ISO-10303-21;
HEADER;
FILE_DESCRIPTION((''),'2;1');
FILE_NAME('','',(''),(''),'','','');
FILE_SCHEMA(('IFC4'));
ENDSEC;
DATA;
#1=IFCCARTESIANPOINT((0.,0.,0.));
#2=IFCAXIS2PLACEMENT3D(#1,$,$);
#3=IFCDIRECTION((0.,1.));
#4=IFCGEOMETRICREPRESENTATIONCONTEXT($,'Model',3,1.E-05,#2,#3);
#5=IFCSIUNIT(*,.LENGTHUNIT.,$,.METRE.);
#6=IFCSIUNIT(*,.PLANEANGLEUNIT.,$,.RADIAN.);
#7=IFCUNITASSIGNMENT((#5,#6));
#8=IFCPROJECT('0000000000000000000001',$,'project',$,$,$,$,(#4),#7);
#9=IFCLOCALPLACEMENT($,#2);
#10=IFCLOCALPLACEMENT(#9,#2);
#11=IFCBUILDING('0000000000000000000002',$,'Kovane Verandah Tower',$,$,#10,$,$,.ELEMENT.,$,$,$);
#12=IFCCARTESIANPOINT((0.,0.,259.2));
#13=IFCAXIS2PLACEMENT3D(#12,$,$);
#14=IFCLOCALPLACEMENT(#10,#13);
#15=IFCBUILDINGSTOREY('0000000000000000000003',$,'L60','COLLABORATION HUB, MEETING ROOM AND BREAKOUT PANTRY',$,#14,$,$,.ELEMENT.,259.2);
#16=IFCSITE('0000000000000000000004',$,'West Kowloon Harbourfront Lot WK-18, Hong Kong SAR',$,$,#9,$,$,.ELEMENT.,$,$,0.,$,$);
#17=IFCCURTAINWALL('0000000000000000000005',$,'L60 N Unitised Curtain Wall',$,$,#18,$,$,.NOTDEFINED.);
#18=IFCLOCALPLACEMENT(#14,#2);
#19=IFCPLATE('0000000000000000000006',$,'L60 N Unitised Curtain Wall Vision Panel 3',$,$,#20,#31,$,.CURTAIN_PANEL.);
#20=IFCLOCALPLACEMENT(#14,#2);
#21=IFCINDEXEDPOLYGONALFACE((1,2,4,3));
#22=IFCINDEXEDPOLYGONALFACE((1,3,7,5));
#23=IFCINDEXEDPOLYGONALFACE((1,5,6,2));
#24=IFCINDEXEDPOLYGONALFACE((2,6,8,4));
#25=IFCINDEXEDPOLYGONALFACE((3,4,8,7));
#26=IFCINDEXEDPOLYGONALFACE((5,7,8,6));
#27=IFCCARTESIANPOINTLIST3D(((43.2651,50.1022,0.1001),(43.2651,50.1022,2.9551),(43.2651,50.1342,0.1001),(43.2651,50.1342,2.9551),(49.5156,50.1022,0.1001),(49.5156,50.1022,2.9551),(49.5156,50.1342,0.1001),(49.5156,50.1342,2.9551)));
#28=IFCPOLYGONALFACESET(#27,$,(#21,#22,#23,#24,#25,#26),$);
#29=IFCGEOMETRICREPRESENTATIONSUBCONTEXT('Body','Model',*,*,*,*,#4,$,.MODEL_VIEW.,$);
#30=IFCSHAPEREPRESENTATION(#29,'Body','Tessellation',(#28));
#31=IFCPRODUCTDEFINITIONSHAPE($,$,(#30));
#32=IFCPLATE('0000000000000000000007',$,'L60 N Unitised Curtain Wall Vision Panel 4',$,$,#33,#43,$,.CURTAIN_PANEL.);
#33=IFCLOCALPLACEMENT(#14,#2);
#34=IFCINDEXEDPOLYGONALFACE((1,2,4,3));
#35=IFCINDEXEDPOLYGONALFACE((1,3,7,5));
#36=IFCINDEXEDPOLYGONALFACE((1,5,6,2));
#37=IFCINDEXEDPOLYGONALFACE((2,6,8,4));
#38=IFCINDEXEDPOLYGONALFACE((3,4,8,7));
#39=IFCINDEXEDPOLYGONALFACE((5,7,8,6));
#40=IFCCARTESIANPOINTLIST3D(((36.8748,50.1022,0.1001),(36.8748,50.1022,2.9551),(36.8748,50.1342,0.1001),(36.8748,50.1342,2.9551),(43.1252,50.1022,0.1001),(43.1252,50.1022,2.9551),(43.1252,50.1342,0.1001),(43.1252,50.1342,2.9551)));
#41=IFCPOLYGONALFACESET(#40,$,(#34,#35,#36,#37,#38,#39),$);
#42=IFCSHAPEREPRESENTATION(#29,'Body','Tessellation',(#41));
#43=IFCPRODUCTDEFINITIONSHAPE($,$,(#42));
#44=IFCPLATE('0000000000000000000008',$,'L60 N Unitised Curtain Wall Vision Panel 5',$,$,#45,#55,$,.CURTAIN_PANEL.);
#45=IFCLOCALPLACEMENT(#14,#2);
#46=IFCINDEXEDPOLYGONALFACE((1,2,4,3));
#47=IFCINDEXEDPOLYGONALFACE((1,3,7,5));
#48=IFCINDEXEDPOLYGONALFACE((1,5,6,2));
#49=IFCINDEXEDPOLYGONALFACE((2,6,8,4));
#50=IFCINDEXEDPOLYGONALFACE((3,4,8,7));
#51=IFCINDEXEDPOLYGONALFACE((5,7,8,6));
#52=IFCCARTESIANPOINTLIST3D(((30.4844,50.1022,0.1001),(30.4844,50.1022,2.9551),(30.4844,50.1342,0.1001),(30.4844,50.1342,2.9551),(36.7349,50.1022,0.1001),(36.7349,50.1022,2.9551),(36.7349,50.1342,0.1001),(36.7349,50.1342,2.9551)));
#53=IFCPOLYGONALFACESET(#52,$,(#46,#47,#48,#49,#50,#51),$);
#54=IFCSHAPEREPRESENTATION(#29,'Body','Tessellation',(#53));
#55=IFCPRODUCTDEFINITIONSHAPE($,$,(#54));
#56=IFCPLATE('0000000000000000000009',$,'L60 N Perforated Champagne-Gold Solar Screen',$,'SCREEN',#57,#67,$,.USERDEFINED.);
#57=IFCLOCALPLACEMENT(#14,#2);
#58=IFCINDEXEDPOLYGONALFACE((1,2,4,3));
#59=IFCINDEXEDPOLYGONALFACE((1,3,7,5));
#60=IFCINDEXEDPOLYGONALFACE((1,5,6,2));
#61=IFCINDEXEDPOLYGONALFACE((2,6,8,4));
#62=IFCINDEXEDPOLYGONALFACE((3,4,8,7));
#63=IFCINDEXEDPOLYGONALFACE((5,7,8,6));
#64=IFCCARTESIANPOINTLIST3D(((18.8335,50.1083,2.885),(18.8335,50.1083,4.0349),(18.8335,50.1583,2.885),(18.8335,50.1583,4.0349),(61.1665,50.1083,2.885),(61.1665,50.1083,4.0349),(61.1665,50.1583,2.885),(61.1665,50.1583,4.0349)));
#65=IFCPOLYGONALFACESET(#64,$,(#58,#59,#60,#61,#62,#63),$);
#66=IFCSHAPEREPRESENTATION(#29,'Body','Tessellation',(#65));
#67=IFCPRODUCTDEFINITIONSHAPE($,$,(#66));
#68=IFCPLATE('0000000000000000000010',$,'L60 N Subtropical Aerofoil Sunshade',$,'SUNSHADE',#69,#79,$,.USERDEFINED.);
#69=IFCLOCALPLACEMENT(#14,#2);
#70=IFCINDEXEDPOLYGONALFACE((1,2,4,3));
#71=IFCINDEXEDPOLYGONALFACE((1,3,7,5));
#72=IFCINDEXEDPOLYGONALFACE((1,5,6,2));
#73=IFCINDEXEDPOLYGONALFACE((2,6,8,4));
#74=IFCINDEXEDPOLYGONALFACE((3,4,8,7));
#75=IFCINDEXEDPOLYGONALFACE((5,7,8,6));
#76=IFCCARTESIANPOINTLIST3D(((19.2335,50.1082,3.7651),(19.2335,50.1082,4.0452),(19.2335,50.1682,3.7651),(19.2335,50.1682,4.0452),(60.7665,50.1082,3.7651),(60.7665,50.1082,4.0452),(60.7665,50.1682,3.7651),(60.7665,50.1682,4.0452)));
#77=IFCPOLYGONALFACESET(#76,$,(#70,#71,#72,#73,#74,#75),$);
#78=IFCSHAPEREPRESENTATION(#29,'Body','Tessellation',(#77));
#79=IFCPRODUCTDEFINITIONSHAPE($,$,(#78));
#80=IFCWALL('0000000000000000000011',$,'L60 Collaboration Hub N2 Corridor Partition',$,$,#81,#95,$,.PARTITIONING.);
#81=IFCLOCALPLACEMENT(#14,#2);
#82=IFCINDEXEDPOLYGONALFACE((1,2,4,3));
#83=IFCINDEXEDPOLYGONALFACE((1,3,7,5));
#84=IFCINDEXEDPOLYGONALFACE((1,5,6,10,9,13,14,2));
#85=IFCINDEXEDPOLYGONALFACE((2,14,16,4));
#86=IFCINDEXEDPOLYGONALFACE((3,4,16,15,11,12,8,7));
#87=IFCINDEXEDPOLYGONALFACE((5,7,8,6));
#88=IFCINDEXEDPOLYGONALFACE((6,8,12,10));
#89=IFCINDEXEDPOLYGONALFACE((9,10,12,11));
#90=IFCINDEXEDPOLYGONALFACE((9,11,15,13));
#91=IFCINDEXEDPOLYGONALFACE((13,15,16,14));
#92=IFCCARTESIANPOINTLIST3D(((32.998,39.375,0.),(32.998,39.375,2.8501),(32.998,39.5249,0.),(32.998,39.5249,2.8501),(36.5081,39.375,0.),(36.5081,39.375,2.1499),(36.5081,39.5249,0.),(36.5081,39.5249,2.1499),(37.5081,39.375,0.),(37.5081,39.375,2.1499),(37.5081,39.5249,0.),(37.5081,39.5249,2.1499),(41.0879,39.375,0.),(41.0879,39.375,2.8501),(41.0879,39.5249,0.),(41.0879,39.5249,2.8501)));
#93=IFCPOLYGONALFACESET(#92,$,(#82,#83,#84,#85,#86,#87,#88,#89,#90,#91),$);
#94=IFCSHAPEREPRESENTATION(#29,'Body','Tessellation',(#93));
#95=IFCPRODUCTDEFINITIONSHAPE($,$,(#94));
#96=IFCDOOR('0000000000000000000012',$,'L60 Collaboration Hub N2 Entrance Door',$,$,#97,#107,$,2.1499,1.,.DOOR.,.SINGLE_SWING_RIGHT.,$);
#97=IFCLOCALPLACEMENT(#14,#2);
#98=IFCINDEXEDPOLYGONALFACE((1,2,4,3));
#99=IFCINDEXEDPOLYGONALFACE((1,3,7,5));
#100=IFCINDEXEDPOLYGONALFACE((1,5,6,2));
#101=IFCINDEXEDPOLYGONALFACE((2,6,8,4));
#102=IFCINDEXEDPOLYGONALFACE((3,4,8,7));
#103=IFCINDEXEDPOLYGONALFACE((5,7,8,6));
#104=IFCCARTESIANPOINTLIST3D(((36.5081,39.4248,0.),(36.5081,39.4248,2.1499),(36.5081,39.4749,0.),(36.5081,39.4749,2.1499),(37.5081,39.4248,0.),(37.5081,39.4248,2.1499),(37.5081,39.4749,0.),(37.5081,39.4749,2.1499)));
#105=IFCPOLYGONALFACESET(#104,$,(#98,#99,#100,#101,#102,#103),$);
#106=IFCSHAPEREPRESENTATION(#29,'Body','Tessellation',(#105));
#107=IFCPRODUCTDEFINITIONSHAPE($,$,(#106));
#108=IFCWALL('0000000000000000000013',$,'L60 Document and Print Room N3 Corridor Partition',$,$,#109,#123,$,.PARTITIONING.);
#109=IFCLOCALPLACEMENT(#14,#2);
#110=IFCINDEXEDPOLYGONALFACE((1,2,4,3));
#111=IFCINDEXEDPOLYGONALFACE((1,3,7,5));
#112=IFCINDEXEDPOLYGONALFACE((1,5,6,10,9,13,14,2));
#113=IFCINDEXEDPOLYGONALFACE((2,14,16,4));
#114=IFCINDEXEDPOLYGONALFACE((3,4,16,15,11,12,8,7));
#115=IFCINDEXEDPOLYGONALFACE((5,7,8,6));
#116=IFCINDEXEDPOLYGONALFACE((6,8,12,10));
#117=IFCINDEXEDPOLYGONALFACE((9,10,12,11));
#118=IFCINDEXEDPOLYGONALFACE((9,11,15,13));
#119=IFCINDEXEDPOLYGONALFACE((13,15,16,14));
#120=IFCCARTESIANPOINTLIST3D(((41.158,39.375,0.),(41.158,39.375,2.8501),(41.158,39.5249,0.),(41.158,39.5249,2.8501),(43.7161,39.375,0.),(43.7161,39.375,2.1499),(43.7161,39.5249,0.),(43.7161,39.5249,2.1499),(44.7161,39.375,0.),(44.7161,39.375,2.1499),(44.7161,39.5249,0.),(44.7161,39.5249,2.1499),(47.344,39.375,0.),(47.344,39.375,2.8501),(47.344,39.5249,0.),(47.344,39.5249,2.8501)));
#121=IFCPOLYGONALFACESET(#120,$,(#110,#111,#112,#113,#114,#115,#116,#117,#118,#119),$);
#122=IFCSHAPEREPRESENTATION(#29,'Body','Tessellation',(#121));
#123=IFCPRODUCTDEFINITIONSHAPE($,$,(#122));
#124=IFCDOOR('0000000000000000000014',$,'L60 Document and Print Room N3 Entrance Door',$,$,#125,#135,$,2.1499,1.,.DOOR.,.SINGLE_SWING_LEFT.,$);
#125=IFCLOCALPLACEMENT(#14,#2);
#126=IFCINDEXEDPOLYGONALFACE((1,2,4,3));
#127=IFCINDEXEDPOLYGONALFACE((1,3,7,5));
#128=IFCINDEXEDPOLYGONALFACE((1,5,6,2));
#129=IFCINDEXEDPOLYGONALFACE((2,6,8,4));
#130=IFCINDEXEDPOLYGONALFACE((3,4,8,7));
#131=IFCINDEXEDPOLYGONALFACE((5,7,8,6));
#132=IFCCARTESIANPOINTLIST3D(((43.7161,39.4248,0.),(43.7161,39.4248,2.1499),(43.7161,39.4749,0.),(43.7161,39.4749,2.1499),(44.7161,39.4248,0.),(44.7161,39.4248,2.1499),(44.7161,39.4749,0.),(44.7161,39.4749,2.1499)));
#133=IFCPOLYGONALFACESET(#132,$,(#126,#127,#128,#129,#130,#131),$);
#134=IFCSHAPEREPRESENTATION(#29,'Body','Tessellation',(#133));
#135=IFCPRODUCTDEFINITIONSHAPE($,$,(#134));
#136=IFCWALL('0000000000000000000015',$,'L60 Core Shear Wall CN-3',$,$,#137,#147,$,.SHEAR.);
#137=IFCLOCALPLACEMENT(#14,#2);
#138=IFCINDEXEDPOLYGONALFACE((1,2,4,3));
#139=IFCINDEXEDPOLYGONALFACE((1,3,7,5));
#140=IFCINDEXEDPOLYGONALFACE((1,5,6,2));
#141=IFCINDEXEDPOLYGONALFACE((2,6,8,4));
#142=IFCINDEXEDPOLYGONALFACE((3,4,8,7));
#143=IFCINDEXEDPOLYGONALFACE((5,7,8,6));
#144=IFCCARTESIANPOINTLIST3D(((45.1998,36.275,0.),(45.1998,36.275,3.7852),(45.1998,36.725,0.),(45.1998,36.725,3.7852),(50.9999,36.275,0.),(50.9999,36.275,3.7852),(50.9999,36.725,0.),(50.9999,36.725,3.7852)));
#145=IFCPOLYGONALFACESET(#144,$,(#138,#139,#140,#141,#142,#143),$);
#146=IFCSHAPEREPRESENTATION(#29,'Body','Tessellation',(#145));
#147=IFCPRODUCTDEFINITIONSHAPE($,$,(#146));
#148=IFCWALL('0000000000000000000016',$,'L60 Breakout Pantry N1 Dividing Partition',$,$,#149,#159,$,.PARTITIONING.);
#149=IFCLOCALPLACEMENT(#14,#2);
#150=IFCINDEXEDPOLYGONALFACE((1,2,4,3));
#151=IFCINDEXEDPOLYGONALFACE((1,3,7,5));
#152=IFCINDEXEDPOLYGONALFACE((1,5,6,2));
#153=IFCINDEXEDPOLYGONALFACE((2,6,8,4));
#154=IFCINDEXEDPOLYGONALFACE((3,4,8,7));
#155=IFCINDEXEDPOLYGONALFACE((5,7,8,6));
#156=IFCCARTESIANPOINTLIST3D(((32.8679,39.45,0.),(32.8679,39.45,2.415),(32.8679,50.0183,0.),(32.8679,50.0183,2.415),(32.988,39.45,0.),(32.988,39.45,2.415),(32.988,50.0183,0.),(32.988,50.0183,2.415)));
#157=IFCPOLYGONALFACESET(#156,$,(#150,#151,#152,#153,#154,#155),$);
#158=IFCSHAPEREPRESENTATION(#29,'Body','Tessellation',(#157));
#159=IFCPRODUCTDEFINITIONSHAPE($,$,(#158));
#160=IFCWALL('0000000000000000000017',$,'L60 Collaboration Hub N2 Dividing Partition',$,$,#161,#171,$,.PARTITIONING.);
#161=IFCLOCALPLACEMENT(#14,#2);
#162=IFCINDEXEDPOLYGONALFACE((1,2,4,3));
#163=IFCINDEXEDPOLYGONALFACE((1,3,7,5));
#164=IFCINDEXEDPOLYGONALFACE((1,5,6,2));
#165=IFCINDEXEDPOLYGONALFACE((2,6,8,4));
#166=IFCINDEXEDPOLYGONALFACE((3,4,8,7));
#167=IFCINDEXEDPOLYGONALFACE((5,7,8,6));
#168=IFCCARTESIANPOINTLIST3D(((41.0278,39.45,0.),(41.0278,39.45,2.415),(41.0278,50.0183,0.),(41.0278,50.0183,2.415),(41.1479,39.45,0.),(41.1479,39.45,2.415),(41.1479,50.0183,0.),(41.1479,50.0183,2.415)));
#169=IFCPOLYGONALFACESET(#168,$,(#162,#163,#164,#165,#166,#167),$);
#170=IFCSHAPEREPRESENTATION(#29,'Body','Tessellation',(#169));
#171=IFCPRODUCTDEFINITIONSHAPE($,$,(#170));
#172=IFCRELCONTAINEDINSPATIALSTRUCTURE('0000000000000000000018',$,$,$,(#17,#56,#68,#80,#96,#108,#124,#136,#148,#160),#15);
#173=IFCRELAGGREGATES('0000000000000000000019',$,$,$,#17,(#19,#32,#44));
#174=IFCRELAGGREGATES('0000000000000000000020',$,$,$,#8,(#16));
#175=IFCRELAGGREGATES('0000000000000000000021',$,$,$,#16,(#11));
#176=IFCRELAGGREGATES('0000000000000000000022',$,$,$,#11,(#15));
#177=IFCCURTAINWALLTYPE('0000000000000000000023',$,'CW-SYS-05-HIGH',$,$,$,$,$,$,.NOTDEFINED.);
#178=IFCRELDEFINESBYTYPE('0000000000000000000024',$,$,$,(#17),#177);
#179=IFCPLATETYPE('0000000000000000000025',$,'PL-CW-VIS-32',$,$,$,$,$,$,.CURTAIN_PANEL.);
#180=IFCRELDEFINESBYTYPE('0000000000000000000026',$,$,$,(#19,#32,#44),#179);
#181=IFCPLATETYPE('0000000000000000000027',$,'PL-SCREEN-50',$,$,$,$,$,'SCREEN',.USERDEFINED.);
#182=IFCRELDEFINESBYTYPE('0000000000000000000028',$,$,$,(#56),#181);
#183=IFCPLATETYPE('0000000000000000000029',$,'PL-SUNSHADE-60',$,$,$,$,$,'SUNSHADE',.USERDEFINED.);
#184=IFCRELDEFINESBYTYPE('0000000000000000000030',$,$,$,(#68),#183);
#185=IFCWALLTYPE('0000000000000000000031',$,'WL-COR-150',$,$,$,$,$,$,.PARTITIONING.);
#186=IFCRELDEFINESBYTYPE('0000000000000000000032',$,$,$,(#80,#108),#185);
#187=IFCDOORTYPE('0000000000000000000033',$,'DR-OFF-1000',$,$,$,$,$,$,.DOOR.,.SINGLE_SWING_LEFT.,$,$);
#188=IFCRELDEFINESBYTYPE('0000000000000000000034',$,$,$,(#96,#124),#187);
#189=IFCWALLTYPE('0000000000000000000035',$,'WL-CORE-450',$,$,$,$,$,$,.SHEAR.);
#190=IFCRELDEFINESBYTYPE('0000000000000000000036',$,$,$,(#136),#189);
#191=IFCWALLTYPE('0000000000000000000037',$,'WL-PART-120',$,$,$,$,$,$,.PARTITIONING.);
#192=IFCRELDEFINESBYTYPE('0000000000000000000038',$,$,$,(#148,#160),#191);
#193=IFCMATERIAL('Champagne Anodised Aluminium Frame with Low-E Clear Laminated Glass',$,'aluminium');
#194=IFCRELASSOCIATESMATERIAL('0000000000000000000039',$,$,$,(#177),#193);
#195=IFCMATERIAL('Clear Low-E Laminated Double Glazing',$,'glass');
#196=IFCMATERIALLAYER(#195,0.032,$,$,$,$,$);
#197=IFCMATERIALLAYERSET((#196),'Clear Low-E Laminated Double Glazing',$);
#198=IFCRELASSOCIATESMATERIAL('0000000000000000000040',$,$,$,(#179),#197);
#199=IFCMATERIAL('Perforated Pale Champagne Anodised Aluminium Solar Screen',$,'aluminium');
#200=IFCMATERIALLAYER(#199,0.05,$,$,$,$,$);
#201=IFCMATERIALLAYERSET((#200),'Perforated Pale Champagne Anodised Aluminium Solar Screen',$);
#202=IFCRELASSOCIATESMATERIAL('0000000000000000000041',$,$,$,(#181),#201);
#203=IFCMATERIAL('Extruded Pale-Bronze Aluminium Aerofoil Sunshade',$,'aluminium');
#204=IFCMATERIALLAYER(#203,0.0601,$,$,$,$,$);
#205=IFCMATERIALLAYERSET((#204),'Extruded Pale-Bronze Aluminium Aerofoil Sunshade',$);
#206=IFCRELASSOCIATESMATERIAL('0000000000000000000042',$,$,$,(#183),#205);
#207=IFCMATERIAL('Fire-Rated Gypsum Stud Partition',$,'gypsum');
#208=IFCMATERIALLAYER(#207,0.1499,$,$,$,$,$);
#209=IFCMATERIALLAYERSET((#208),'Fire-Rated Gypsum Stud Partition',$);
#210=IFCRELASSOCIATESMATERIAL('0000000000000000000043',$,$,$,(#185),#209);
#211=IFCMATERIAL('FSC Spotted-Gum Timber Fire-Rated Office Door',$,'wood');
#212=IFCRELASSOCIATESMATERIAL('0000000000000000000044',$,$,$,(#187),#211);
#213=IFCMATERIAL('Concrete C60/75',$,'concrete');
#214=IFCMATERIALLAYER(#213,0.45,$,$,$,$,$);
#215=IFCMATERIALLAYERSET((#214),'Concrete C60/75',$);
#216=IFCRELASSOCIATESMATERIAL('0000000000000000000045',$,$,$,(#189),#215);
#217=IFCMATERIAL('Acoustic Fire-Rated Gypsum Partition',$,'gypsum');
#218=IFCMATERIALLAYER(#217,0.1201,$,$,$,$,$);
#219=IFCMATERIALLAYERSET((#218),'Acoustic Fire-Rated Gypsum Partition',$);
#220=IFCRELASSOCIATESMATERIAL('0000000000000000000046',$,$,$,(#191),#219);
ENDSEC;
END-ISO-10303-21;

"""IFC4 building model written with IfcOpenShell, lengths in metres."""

from ifc_helpers import new_model, si_unit, direction, frame, frame_2d, origin, origin_2d, place, context, subcontext, project, spatial, rectangle, extrude, material, layer, layer_set, type_object, element, fill, aggregate, save


model = new_model("IFC4")

# Units and contexts
model_context = context("Model", 3, precision=1e-05, world=origin(), true_north=direction((0.0, 1.0)))
body_context = subcontext(model_context, "Body", "Model", "MODEL_VIEW")
ifc_project = project(units=[si_unit("LENGTHUNIT", "METRE"), si_unit("PLANEANGLEUNIT", "RADIAN")], contexts=[model_context])

# Site, building, storey
site_placement = place(None, origin())
site = spatial("IfcSite", under=ifc_project, at=site_placement, Name="West Kowloon Harbourfront Lot WK-18, Hong Kong SAR", CompositionType="ELEMENT", RefElevation=0.0)
building_placement = place(site_placement, origin())
building = spatial("IfcBuilding", under=site, at=building_placement, Name="Kovane Verandah Tower", CompositionType="ELEMENT")
storey_placement = place(building_placement, frame((0.0, 0.0, 259.2)))
storey = spatial("IfcBuildingStorey", under=building, at=storey_placement, Name="L60", Description="COLLABORATION HUB, MEETING ROOM AND BREAKOUT PANTRY", CompositionType="ELEMENT", Elevation=259.2)

# Curtain wall, plates
ifc_material_1 = material(Name="Champagne Anodised Aluminium Frame with Low-E Clear Laminated Glass", Category="aluminium")
curtain_wall_type = type_object("IfcCurtainWallType", Name="CW-SYS-05-HIGH", PredefinedType="NOTDEFINED", material=ifc_material_1)
curtain_wall_placement = place(storey_placement, origin())
curtain_wall = element("IfcCurtainWall", 1, at=curtain_wall_placement, inside=storey, type_object=curtain_wall_type, Name="L60 N Unitised Curtain Wall", PredefinedType="NOTDEFINED")
ifc_material_2 = material(Name="Clear Low-E Laminated Double Glazing", Category="glass")
ifc_layer_1 = layer(ifc_material_2, 0.032)
ifc_layer_set_1 = layer_set([ifc_layer_1], Name="Clear Low-E Laminated Double Glazing")
plate_type_1 = type_object("IfcPlateType", Name="PL-CW-VIS-32", PredefinedType="CURTAIN_PANEL", material=ifc_layer_set_1)
plate_1_placement = place(storey_placement, frame((46.3904, 50.1182, 0.1001), z_axis=(0.0, 0.0, 1.0), x_axis=(-1.0, 0.0, 0.0)))
plate_1 = element("IfcPlate", 2, at=plate_1_placement, type_object=plate_type_1, Name="L60 N Unitised Curtain Wall Vision Panel 3", PredefinedType="CURTAIN_PANEL", context=body_context, shape_type="SweptSolid", body=[
    extrude(rectangle(XDim=6.2505, YDim=0.032, at=origin_2d()), origin(), (0.0, 0.0, 1.0), 2.855),
])
plate_2_placement = place(storey_placement, frame((40.0, 50.1182, 0.1001), z_axis=(0.0, 0.0, 1.0), x_axis=(-1.0, 0.0, 0.0)))
plate_2 = element("IfcPlate", 3, at=plate_2_placement, type_object=plate_type_1, Name="L60 N Unitised Curtain Wall Vision Panel 4", PredefinedType="CURTAIN_PANEL", context=body_context, shape_type="SweptSolid", body=[
    extrude(rectangle(XDim=6.2505, YDim=0.032, at=origin_2d()), origin(), (0.0, 0.0, 1.0), 2.855),
])
plate_3_placement = place(storey_placement, frame((33.6096, 50.1182, 0.1001), z_axis=(0.0, 0.0, 1.0), x_axis=(-1.0, 0.0, 0.0)))
plate_3 = element("IfcPlate", 4, at=plate_3_placement, type_object=plate_type_1, Name="L60 N Unitised Curtain Wall Vision Panel 5", PredefinedType="CURTAIN_PANEL", context=body_context, shape_type="SweptSolid", body=[
    extrude(rectangle(XDim=6.2505, YDim=0.032, at=origin_2d()), origin(), (0.0, 0.0, 1.0), 2.855),
])
aggregate(curtain_wall, [plate_1, plate_2, plate_3])

# Plates
ifc_material_3 = material(Name="Perforated Pale Champagne Anodised Aluminium Solar Screen", Category="aluminium")
ifc_layer_2 = layer(ifc_material_3, 0.05)
ifc_layer_set_2 = layer_set([ifc_layer_2], Name="Perforated Pale Champagne Anodised Aluminium Solar Screen")
plate_type_2 = type_object("IfcPlateType", Name="PL-SCREEN-50", ElementType="SCREEN", PredefinedType="USERDEFINED", material=ifc_layer_set_2)
plate_4_placement = place(storey_placement, frame((40.0, 50.1333, 2.885), z_axis=(0.0, 0.0, 1.0), x_axis=(-1.0, 0.0, 0.0)))
element("IfcPlate", 5, at=plate_4_placement, inside=storey, type_object=plate_type_2, Name="L60 N Perforated Champagne-Gold Solar Screen", ObjectType="SCREEN", PredefinedType="USERDEFINED", context=body_context, shape_type="SweptSolid", body=[
    extrude(rectangle(XDim=42.333, YDim=0.05, at=origin_2d()), origin(), (0.0, 0.0, 1.0), 1.1499),
])
ifc_material_4 = material(Name="Extruded Pale-Bronze Aluminium Aerofoil Sunshade", Category="aluminium")
ifc_layer_3 = layer(ifc_material_4, 0.0601)
ifc_layer_set_3 = layer_set([ifc_layer_3], Name="Extruded Pale-Bronze Aluminium Aerofoil Sunshade")
plate_type_3 = type_object("IfcPlateType", Name="PL-SUNSHADE-60", ElementType="SUNSHADE", PredefinedType="USERDEFINED", material=ifc_layer_set_3)
plate_5_placement = place(storey_placement, frame((40.0, 50.1382, 3.7651), z_axis=(0.0, 0.0, 1.0), x_axis=(-1.0, 0.0, 0.0)))
element("IfcPlate", 6, at=plate_5_placement, inside=storey, type_object=plate_type_3, Name="L60 N Subtropical Aerofoil Sunshade", ObjectType="SUNSHADE", PredefinedType="USERDEFINED", context=body_context, shape_type="SweptSolid", body=[
    extrude(rectangle(XDim=41.533, YDim=0.0601, at=origin_2d()), origin(), (0.0, 0.0, 1.0), 0.28),
])

# Walls, openings, doors
ifc_material_5 = material(Name="Fire-Rated Gypsum Stud Partition", Category="gypsum")
ifc_layer_4 = layer(ifc_material_5, 0.1499)
ifc_layer_set_4 = layer_set([ifc_layer_4], Name="Fire-Rated Gypsum Stud Partition")
wall_type_1 = type_object("IfcWallType", Name="WL-COR-150", PredefinedType="PARTITIONING", material=ifc_layer_set_4)
wall_1_placement = place(storey_placement, frame((32.998, 39.45, 0.0), z_axis=(0.0, 0.0, 1.0), x_axis=(1.0, 0.0, 0.0)))
wall_1 = element("IfcWall", 7, at=wall_1_placement, inside=storey, type_object=wall_type_1, Name="L60 Collaboration Hub N2 Corridor Partition", PredefinedType="PARTITIONING", context=body_context, shape_type="SweptSolid", body=[
    extrude(rectangle(XDim=8.0898, YDim=0.1499, at=frame_2d((4.0449, 0.0))), origin(), (0.0, 0.0, 1.0), 2.8501),
])
opening_1_placement = place(wall_1_placement, frame((3.51, 0.0, 0.0)))
opening_1 = element("IfcOpeningElement", 8, at=opening_1_placement, cuts=wall_1, PredefinedType="OPENING", context=body_context, shape_type="SweptSolid", body=[
    extrude(rectangle(XDim=1.0, YDim=2.1499, at=frame_2d((0.5, 1.075))), frame((0.0, 0.075, 0.0), z_axis=(0.0, -1.0, 0.0), x_axis=(1.0, 0.0, 0.0)), (0.0, 0.0, 1.0), 0.1499),
])
ifc_material_6 = material(Name="FSC Spotted-Gum Timber Fire-Rated Office Door", Category="wood")
door_type = type_object("IfcDoorType", Name="DR-OFF-1000", OperationType="SINGLE_SWING_LEFT", PredefinedType="DOOR", material=ifc_material_6)
door_1_placement = place(opening_1_placement, origin())
door_1 = element("IfcDoor", 9, at=door_1_placement, inside=storey, type_object=door_type, Name="L60 Collaboration Hub N2 Entrance Door", OperationType="SINGLE_SWING_RIGHT", OverallHeight=2.1499, OverallWidth=1.0, PredefinedType="DOOR", context=body_context, shape_type="SweptSolid", body=[
    extrude(rectangle(XDim=1.0, YDim=2.1499, at=frame_2d((0.5, 1.075))), frame((0.0, 0.0249, 0.0), z_axis=(0.0, -1.0, 0.0), x_axis=(1.0, 0.0, 0.0)), (0.0, 0.0, 1.0), 0.05),
])
fill(opening_1, door_1)
wall_2_placement = place(storey_placement, frame((41.158, 39.45, 0.0), z_axis=(0.0, 0.0, 1.0), x_axis=(1.0, 0.0, 0.0)))
wall_2 = element("IfcWall", 10, at=wall_2_placement, inside=storey, type_object=wall_type_1, Name="L60 Document and Print Room N3 Corridor Partition", PredefinedType="PARTITIONING", context=body_context, shape_type="SweptSolid", body=[
    extrude(rectangle(XDim=6.186, YDim=0.1499, at=frame_2d((3.093, 0.0))), origin(), (0.0, 0.0, 1.0), 2.8501),
])
opening_2_placement = place(wall_2_placement, frame((2.5581, 0.0, 0.0)))
opening_2 = element("IfcOpeningElement", 11, at=opening_2_placement, cuts=wall_2, PredefinedType="OPENING", context=body_context, shape_type="SweptSolid", body=[
    extrude(rectangle(XDim=1.0, YDim=2.1499, at=frame_2d((0.5, 1.075))), frame((0.0, 0.075, 0.0), z_axis=(0.0, -1.0, 0.0), x_axis=(1.0, 0.0, 0.0)), (0.0, 0.0, 1.0), 0.1499),
])
door_2_placement = place(opening_2_placement, origin())
door_2 = element("IfcDoor", 12, at=door_2_placement, inside=storey, type_object=door_type, Name="L60 Document and Print Room N3 Entrance Door", OperationType="SINGLE_SWING_LEFT", OverallHeight=2.1499, OverallWidth=1.0, PredefinedType="DOOR", context=body_context, shape_type="SweptSolid", body=[
    extrude(rectangle(XDim=1.0, YDim=2.1499, at=frame_2d((0.5, 1.075))), frame((0.0, 0.0249, 0.0), z_axis=(0.0, -1.0, 0.0), x_axis=(1.0, 0.0, 0.0)), (0.0, 0.0, 1.0), 0.05),
])
fill(opening_2, door_2)

# Walls
ifc_material_7 = material(Name="Concrete C60/75", Category="concrete")
ifc_layer_5 = layer(ifc_material_7, 0.45)
ifc_layer_set_5 = layer_set([ifc_layer_5], Name="Concrete C60/75")
wall_type_2 = type_object("IfcWallType", Name="WL-CORE-450", PredefinedType="SHEAR", material=ifc_layer_set_5)
wall_3_placement = place(storey_placement, frame((45.2, 36.5, 0.0), z_axis=(0.0, 0.0, 1.0), x_axis=(1.0, 0.0, 0.0)))
element("IfcWall", 13, at=wall_3_placement, inside=storey, type_object=wall_type_2, Name="L60 Core Shear Wall CN-3", PredefinedType="SHEAR", context=body_context, shape_type="SweptSolid", body=[
    extrude(rectangle(XDim=5.8, YDim=0.45, at=frame_2d((2.8999, 0.0))), origin(), (0.0, 0.0, 1.0), 3.7852),
])
ifc_material_8 = material(Name="Acoustic Fire-Rated Gypsum Partition", Category="gypsum")
ifc_layer_6 = layer(ifc_material_8, 0.1201)
ifc_layer_set_6 = layer_set([ifc_layer_6], Name="Acoustic Fire-Rated Gypsum Partition")
wall_type_3 = type_object("IfcWallType", Name="WL-PART-120", PredefinedType="PARTITIONING", material=ifc_layer_set_6)
for number, where, z_axis, x_axis, name in (
    (14, (32.928, 39.45, 0.0), (0.0, 0.0, 1.0), (0.0, 1.0, 0.0), "L60 Breakout Pantry N1 Dividing Partition"),
    (15, (41.0879, 39.45, 0.0), (0.0, 0.0, 1.0), (0.0, 1.0, 0.0), "L60 Collaboration Hub N2 Dividing Partition"),
):
    element("IfcWall", number, at=place(storey_placement, frame(where, z_axis=z_axis, x_axis=x_axis)), inside=storey, type_object=wall_type_3, Name=name, PredefinedType="PARTITIONING", context=body_context, shape_type="SweptSolid", body=[
        extrude(rectangle(XDim=10.5684, YDim=0.1201, at=frame_2d((5.2842, 0.0))), origin(), (0.0, 0.0, 1.0), 2.415),
    ])

save(model, "model.ifc")
